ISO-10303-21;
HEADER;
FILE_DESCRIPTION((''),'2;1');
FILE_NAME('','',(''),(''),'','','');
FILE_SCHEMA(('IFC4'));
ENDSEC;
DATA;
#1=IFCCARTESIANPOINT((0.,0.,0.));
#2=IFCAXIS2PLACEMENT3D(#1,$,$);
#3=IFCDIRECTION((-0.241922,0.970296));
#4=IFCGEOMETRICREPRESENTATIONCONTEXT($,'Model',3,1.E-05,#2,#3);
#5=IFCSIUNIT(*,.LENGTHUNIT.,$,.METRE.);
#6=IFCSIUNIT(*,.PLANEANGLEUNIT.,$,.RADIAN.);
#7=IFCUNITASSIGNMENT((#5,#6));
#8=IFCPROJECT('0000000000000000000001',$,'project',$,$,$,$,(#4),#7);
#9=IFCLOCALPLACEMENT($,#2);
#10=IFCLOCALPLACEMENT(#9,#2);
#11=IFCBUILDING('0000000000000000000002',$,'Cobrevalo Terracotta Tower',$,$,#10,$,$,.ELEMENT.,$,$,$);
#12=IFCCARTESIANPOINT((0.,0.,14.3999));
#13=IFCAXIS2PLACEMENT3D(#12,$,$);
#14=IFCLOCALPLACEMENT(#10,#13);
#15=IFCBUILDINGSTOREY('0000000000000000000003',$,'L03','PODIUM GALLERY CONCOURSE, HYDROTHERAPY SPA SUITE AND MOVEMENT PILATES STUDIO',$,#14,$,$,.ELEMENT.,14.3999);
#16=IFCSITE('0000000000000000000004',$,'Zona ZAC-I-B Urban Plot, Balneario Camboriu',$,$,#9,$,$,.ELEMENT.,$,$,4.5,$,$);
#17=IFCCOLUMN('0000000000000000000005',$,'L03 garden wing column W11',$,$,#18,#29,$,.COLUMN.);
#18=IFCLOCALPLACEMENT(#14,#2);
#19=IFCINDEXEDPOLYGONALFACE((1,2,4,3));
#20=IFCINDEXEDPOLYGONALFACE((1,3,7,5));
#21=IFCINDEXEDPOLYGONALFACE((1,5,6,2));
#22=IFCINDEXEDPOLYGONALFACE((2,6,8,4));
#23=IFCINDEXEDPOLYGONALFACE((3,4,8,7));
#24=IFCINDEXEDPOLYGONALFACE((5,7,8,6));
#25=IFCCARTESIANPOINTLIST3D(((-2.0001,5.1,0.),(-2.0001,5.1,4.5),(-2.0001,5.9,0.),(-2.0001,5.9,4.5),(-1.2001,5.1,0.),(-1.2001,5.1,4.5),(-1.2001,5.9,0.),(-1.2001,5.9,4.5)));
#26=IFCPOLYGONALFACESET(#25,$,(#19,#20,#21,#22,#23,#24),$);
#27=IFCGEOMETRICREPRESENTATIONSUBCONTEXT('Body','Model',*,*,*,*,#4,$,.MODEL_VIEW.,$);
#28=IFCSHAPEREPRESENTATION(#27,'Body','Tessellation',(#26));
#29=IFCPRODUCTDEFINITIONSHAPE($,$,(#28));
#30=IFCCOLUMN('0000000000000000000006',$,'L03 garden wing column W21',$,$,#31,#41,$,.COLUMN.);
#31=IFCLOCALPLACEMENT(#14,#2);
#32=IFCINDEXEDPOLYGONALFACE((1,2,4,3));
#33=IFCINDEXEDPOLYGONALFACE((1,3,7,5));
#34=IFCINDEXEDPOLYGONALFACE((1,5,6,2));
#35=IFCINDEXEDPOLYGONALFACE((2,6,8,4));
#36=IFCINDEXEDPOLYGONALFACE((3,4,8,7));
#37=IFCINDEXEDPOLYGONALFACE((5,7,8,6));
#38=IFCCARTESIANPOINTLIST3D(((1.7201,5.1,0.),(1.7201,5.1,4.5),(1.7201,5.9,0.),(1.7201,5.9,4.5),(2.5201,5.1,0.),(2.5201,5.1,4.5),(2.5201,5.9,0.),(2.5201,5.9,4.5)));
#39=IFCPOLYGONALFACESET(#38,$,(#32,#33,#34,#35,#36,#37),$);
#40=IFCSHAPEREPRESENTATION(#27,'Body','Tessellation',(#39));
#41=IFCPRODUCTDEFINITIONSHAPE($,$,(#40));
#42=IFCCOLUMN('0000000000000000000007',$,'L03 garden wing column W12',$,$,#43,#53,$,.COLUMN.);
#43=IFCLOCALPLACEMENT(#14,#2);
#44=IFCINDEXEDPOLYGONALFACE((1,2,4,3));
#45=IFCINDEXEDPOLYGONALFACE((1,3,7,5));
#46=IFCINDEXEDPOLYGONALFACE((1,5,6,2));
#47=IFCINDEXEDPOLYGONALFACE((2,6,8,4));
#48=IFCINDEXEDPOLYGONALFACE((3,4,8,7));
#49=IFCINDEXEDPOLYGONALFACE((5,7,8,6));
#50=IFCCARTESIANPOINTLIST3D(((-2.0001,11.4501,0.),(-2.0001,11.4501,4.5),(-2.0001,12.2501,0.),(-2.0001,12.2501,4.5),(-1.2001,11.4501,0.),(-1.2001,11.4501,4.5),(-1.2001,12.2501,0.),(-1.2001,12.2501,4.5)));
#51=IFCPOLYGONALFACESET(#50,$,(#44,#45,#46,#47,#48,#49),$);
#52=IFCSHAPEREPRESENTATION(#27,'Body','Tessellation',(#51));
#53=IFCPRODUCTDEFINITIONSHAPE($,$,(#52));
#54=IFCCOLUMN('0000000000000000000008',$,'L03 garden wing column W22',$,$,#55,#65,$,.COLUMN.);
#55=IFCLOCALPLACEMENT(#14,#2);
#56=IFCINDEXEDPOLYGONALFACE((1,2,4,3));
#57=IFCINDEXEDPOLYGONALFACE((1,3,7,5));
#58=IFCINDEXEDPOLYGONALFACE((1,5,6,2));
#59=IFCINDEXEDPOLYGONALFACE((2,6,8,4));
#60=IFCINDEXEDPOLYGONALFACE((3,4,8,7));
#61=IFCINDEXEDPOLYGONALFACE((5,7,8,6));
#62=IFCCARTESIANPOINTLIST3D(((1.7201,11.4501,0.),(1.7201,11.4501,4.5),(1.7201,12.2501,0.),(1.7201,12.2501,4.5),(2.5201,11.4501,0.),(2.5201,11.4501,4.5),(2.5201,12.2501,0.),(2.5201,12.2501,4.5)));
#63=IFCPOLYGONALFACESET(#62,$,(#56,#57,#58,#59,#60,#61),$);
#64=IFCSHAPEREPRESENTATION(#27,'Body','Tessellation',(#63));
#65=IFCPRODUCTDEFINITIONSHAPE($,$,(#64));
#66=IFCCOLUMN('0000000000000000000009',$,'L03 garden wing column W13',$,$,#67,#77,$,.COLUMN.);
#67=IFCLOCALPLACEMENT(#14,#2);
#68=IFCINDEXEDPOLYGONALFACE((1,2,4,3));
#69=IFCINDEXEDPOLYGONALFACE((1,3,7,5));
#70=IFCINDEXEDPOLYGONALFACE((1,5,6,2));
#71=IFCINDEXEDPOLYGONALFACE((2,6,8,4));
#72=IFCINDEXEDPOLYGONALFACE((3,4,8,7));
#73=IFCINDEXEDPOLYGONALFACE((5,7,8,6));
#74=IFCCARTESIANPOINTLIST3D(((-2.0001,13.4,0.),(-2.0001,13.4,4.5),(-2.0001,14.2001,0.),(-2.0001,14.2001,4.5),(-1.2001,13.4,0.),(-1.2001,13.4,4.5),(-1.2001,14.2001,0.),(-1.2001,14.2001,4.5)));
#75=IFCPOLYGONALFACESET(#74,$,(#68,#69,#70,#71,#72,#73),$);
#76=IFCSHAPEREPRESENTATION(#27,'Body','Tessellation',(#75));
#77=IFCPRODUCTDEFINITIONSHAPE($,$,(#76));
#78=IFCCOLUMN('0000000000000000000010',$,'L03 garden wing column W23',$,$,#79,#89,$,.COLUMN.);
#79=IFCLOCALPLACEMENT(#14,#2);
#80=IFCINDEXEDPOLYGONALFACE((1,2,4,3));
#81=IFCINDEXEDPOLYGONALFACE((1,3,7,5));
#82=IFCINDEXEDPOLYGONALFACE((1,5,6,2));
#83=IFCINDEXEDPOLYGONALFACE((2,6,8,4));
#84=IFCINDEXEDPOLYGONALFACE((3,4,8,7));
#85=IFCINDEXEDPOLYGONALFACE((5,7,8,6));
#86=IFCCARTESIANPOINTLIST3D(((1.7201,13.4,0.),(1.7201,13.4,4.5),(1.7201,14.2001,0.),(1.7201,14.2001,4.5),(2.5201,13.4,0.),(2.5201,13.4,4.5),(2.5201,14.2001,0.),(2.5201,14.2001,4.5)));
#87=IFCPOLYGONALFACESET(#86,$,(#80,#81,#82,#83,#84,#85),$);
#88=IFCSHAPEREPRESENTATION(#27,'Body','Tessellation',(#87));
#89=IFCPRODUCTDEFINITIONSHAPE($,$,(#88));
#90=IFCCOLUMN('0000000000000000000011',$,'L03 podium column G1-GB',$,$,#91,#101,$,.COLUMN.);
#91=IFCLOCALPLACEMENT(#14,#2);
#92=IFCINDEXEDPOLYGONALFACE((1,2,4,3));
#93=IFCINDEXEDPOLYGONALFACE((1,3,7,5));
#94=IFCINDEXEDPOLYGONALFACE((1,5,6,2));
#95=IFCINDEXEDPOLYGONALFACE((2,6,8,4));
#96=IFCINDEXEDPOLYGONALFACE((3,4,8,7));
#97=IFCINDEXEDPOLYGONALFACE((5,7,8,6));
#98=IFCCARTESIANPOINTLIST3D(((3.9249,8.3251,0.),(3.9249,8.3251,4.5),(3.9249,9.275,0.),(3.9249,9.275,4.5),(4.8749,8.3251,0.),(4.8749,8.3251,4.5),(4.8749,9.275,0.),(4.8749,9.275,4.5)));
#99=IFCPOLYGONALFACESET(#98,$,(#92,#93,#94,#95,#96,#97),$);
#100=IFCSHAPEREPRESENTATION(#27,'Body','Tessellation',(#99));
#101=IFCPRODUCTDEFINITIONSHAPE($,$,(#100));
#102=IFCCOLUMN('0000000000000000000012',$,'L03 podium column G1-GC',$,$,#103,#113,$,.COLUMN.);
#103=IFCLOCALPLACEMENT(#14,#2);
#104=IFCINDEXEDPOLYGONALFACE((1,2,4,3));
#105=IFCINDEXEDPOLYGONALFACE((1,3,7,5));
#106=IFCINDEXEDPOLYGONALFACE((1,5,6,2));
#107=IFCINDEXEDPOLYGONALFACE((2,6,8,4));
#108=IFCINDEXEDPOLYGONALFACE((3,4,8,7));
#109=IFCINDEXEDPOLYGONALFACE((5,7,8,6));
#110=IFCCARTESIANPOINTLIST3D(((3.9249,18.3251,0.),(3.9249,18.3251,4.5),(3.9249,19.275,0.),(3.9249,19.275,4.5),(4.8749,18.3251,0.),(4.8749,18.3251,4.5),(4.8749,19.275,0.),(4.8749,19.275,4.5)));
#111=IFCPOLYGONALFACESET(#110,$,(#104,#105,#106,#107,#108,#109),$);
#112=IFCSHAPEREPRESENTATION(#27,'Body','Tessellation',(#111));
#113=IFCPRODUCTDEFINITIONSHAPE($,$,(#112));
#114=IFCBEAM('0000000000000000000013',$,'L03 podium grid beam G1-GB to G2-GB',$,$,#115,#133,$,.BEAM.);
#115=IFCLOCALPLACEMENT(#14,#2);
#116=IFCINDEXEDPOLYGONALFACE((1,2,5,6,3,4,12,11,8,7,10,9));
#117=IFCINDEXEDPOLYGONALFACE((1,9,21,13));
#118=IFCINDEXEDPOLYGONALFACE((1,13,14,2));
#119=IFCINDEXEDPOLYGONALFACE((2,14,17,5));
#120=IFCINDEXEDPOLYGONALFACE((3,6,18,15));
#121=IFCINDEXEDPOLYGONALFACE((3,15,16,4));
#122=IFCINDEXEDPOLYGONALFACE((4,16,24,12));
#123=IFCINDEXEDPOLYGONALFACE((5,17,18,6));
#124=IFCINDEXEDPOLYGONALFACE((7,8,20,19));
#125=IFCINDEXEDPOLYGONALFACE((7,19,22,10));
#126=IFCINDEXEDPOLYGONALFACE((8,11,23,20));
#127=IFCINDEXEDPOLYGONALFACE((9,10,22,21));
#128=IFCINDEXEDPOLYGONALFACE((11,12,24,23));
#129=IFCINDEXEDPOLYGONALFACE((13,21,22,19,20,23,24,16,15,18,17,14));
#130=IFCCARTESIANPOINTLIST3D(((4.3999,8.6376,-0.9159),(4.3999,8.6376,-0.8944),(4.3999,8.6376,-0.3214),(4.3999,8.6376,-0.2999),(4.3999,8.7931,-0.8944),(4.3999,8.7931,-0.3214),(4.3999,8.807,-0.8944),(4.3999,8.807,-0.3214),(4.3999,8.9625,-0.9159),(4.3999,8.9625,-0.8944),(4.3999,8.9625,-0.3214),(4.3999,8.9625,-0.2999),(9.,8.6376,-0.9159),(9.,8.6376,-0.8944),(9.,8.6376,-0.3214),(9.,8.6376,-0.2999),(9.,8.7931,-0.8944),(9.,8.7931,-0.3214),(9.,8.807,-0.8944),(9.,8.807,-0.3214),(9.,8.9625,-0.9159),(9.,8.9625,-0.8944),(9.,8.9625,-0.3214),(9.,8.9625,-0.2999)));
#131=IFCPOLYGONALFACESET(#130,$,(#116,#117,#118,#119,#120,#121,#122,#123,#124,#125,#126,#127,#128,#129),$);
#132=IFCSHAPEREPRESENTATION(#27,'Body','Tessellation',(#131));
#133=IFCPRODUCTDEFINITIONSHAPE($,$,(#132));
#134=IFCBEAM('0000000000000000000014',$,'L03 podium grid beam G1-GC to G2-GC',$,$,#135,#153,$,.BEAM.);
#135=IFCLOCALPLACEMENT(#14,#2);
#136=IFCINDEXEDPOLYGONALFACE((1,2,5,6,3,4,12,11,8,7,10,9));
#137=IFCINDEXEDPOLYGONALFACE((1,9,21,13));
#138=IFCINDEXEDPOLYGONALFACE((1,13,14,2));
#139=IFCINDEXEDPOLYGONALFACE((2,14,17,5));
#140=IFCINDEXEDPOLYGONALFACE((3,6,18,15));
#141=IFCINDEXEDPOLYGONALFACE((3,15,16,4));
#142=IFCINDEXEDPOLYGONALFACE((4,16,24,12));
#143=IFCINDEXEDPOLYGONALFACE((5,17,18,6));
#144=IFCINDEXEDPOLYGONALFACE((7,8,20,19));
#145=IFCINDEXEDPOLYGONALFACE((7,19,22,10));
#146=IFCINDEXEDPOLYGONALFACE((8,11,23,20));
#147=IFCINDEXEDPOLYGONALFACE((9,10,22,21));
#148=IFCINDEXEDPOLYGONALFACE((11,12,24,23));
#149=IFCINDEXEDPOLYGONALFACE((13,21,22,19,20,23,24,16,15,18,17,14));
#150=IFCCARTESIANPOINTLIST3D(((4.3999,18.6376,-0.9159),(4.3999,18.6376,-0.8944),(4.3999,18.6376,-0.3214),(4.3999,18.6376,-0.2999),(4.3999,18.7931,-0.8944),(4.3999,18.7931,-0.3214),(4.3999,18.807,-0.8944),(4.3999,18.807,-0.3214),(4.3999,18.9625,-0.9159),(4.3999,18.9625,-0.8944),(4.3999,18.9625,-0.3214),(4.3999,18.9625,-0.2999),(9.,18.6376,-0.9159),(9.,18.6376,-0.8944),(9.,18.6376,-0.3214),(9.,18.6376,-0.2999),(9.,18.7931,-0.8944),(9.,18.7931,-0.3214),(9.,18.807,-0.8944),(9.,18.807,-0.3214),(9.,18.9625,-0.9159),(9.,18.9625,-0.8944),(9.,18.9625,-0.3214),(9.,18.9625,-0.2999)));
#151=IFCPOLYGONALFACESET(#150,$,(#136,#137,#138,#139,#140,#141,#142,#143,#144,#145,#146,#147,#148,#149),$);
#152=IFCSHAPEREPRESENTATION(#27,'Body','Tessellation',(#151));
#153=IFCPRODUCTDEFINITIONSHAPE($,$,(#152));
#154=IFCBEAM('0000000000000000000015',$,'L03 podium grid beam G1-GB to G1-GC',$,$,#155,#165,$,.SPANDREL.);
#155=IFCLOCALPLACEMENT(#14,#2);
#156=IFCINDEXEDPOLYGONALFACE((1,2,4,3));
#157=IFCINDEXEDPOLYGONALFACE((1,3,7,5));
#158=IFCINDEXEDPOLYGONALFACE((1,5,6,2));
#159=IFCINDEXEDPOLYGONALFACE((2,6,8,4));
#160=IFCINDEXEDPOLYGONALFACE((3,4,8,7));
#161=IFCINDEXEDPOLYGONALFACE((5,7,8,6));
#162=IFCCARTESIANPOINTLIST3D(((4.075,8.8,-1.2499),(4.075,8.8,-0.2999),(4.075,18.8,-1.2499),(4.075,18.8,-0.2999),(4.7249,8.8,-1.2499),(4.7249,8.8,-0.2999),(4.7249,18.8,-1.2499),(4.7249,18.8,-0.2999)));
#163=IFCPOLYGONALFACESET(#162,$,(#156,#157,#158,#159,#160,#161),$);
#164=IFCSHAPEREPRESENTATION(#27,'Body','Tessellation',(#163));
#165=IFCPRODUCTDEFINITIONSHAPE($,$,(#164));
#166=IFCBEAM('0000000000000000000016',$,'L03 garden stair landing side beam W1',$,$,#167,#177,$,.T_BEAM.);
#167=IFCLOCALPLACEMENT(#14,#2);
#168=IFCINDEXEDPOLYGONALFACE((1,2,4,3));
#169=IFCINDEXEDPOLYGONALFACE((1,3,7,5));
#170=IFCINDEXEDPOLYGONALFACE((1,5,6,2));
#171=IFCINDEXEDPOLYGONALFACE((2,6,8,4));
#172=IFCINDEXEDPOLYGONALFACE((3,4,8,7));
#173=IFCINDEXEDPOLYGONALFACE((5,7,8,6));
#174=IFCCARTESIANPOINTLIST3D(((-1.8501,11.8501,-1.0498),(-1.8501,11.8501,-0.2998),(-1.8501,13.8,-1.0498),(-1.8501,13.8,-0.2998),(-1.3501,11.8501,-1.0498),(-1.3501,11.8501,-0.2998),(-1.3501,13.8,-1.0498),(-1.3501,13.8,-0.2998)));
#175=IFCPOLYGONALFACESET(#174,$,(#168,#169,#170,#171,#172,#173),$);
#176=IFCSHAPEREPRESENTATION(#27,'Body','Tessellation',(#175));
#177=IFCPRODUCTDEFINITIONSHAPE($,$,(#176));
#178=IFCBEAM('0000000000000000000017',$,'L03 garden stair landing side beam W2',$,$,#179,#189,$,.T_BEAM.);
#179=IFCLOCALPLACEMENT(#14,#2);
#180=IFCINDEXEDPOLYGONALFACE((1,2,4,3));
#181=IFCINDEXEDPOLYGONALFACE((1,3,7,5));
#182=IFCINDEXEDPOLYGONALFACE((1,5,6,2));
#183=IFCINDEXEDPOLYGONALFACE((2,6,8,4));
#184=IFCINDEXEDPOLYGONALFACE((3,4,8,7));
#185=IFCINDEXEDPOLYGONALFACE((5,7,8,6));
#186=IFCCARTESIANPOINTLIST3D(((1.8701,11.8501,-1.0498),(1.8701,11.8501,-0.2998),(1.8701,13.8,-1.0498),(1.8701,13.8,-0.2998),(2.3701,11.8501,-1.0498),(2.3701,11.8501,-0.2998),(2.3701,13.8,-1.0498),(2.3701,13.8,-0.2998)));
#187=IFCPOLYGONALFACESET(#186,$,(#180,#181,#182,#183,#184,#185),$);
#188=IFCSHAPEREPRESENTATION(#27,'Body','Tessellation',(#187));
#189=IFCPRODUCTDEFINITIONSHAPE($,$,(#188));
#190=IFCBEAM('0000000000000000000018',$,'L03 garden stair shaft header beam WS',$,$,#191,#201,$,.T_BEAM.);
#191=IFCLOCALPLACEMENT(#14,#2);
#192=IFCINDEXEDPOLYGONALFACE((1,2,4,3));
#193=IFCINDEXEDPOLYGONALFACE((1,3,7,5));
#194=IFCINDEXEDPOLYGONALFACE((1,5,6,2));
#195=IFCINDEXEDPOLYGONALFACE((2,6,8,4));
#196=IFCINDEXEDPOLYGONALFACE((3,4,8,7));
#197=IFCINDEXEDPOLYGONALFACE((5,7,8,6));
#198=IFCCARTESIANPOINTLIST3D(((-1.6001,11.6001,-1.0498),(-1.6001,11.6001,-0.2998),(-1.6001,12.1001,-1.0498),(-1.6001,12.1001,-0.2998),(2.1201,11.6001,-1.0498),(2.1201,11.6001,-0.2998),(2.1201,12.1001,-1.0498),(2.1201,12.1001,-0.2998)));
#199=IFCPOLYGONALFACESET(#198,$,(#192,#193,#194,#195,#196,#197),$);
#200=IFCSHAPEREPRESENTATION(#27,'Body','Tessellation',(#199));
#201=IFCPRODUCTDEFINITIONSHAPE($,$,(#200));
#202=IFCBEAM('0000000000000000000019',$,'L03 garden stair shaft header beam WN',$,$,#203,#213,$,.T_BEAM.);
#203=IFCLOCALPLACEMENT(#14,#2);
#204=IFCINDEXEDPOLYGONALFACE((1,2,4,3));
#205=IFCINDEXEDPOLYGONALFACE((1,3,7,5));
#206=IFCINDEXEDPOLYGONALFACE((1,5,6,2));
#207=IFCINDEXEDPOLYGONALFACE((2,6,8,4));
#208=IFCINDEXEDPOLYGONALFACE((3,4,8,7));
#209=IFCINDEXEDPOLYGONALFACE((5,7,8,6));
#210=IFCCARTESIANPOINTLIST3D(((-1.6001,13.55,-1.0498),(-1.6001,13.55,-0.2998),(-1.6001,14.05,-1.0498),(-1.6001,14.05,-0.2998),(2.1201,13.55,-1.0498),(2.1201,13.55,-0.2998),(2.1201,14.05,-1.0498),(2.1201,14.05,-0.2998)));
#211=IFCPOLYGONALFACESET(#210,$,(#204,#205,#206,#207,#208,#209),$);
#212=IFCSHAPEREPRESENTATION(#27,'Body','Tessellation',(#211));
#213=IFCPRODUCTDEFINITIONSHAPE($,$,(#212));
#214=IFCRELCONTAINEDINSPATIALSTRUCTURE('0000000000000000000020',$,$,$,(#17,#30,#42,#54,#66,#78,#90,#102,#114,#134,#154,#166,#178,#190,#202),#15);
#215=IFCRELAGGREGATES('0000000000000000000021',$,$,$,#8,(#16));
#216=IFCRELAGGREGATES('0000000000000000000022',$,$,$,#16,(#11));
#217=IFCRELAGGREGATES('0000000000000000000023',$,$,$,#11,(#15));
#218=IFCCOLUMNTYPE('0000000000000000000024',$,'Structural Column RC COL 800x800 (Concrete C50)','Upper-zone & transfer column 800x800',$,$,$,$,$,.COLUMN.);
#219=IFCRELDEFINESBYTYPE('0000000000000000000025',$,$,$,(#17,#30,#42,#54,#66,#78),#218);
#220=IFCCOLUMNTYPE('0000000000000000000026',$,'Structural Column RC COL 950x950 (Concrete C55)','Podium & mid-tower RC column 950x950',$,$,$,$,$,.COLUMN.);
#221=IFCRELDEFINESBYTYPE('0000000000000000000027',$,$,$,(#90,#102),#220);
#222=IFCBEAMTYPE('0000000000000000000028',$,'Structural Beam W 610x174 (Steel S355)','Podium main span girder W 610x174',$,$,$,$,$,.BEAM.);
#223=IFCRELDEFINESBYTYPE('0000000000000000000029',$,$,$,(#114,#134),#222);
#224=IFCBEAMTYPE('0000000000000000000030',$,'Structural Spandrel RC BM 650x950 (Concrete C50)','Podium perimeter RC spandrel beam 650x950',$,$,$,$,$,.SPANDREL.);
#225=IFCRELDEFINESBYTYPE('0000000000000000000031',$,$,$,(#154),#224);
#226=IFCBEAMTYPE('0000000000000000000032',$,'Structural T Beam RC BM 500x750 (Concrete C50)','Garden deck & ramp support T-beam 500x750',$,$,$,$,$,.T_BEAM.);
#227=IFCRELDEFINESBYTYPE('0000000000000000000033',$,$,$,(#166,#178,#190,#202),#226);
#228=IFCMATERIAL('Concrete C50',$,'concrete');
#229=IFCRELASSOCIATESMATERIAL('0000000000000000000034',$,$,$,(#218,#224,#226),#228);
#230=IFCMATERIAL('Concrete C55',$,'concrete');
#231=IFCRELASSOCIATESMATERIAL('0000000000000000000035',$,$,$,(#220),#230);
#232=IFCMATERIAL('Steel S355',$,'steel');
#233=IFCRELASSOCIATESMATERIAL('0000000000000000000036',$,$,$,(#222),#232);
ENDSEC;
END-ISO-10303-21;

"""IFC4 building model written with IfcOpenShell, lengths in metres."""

from ifc_helpers import new_model, si_unit, direction, frame, origin, origin_2d, place, context, subcontext, project, spatial, rectangle, i_section, extrude, material, material_profile, profile_set, type_object, element, save


model = new_model("IFC4")

# Units and contexts
model_context = context("Model", 3, precision=1e-05, world=origin(), true_north=direction((-0.241922, 0.970296)))
body_context = subcontext(model_context, "Body", "Model", "MODEL_VIEW")
ifc_project = project(units=[si_unit("LENGTHUNIT", "METRE"), si_unit("PLANEANGLEUNIT", "RADIAN")], contexts=[model_context])

# Site, building, storey
site_placement = place(None, origin())
site = spatial("IfcSite", under=ifc_project, at=site_placement, Name="Zona ZAC-I-B Urban Plot, Balneario Camboriu", CompositionType="ELEMENT", RefElevation=4.5)
building_placement = place(site_placement, origin())
building = spatial("IfcBuilding", under=site, at=building_placement, Name="Cobrevalo Terracotta Tower", CompositionType="ELEMENT")
storey_placement = place(building_placement, frame((0.0, 0.0, 14.3999)))
storey = spatial("IfcBuildingStorey", under=building, at=storey_placement, Name="L03", Description="PODIUM GALLERY CONCOURSE, HYDROTHERAPY SPA SUITE AND MOVEMENT PILATES STUDIO", CompositionType="ELEMENT", Elevation=14.3999)

# Columns
ifc_material_1 = material(Name="Concrete C50", Category="concrete")
ifc_material_profile_1 = material_profile(ifc_material_1, rectangle(XDim=0.8, YDim=0.8, at=origin_2d()), Name="RC COL 800x800")
ifc_profile_set_1 = profile_set([ifc_material_profile_1], Name="Concrete C50")
column_type_1 = type_object("IfcColumnType", Name="Structural Column RC COL 800x800 (Concrete C50)", Description="Upper-zone & transfer column 800x800", PredefinedType="COLUMN", material=ifc_profile_set_1)
for number, where, z_axis, x_axis, name in (
    (1, (-1.6001, 5.5, 0.0), (0.0, 0.0, 1.0), (1.0, 0.0, 0.0), "L03 garden wing column W11"),
    (2, (2.1201, 5.5, 0.0), (0.0, 0.0, 1.0), (1.0, 0.0, 0.0), "L03 garden wing column W21"),
    (3, (-1.6001, 11.8501, 0.0), (0.0, 0.0, 1.0), (1.0, 0.0, 0.0), "L03 garden wing column W12"),
    (4, (2.1201, 11.8501, 0.0), (0.0, 0.0, 1.0), (1.0, 0.0, 0.0), "L03 garden wing column W22"),
    (5, (-1.6001, 13.8, 0.0), (0.0, 0.0, 1.0), (1.0, 0.0, 0.0), "L03 garden wing column W13"),
    (6, (2.1201, 13.8, 0.0), (0.0, 0.0, 1.0), (1.0, 0.0, 0.0), "L03 garden wing column W23"),
):
    element("IfcColumn", number, at=place(storey_placement, frame(where, z_axis=z_axis, x_axis=x_axis)), inside=storey, type_object=column_type_1, Name=name, PredefinedType="COLUMN", context=body_context, shape_type="SweptSolid", body=[
        extrude(rectangle(XDim=0.8, YDim=0.8, at=origin_2d()), origin(), (0.0, 0.0, 1.0), 4.5),
    ])
ifc_material_2 = material(Name="Concrete C55", Category="concrete")
ifc_material_profile_2 = material_profile(ifc_material_2, rectangle(XDim=0.95, YDim=0.95, at=origin_2d()), Name="RC COL 950x950")
ifc_profile_set_2 = profile_set([ifc_material_profile_2], Name="Concrete C55")
column_type_2 = type_object("IfcColumnType", Name="Structural Column RC COL 950x950 (Concrete C55)", Description="Podium & mid-tower RC column 950x950", PredefinedType="COLUMN", material=ifc_profile_set_2)
for number, where, z_axis, x_axis, name in (
    (7, (4.3999, 8.8, 0.0), (0.0, 0.0, 1.0), (1.0, 0.0, 0.0), "L03 podium column G1-GB"),
    (8, (4.3999, 18.8, 0.0), (0.0, 0.0, 1.0), (1.0, 0.0, 0.0), "L03 podium column G1-GC"),
):
    element("IfcColumn", number, at=place(storey_placement, frame(where, z_axis=z_axis, x_axis=x_axis)), inside=storey, type_object=column_type_2, Name=name, PredefinedType="COLUMN", context=body_context, shape_type="SweptSolid", body=[
        extrude(rectangle(XDim=0.95, YDim=0.95, at=origin_2d()), origin(), (0.0, 0.0, 1.0), 4.5),
    ])

# Beams
ifc_material_3 = material(Name="Steel S355", Category="steel")
ifc_material_profile_3 = material_profile(ifc_material_3, i_section(OverallWidth=0.325, OverallDepth=0.616, WebThickness=0.0139, FlangeThickness=0.0215, at=origin_2d()), Name="W 610x174")
ifc_profile_set_3 = profile_set([ifc_material_profile_3], Name="Steel S355")
beam_type_1 = type_object("IfcBeamType", Name="Structural Beam W 610x174 (Steel S355)", Description="Podium main span girder W 610x174", PredefinedType="BEAM", material=ifc_profile_set_3)
for number, where, z_axis, x_axis, name in (
    (9, (4.3999, 8.8, -0.6079), (1.0, 0.0, 0.0), (0.0, 1.0, 0.0), "L03 podium grid beam G1-GB to G2-GB"),
    (10, (4.3999, 18.8, -0.6079), (1.0, 0.0, 0.0), (0.0, 1.0, 0.0), "L03 podium grid beam G1-GC to G2-GC"),
):
    element("IfcBeam", number, at=place(storey_placement, frame(where, z_axis=z_axis, x_axis=x_axis)), inside=storey, type_object=beam_type_1, Name=name, PredefinedType="BEAM", context=body_context, shape_type="SweptSolid", body=[
        extrude(i_section(OverallWidth=0.325, OverallDepth=0.616, WebThickness=0.0139, FlangeThickness=0.0215, at=origin_2d()), origin(), (0.0, 0.0, 1.0), 4.6001),
    ])
ifc_material_profile_4 = material_profile(ifc_material_1, rectangle(XDim=0.6499, YDim=0.95, at=origin_2d()), Name="RC BM 650x950")
ifc_profile_set_4 = profile_set([ifc_material_profile_4], Name="Concrete C50")
beam_type_2 = type_object("IfcBeamType", Name="Structural Spandrel RC BM 650x950 (Concrete C50)", Description="Podium perimeter RC spandrel beam 650x950", PredefinedType="SPANDREL", material=ifc_profile_set_4)
beam_1_placement = place(storey_placement, frame((4.3999, 8.8, -0.7749), z_axis=(0.0, 1.0, 0.0), x_axis=(-1.0, 0.0, 0.0)))
element("IfcBeam", 11, at=beam_1_placement, inside=storey, type_object=beam_type_2, Name="L03 podium grid beam G1-GB to G1-GC", PredefinedType="SPANDREL", context=body_context, shape_type="SweptSolid", body=[
    extrude(rectangle(XDim=0.6499, YDim=0.95, at=origin_2d()), origin(), (0.0, 0.0, 1.0), 10.0),
])
ifc_material_profile_5 = material_profile(ifc_material_1, rectangle(XDim=0.5, YDim=0.75, at=origin_2d()), Name="RC BM 500x750")
ifc_profile_set_5 = profile_set([ifc_material_profile_5], Name="Concrete C50")
beam_type_3 = type_object("IfcBeamType", Name="Structural T Beam RC BM 500x750 (Concrete C50)", Description="Garden deck & ramp support T-beam 500x750", PredefinedType="T_BEAM", material=ifc_profile_set_5)
for number, where, z_axis, x_axis, name in (
    (12, (-1.6001, 11.8501, -0.6748), (0.0, 1.0, 0.0), (-1.0, 0.0, 0.0), "L03 garden stair landing side beam W1"),
    (13, (2.1201, 11.8501, -0.6748), (0.0, 1.0, 0.0), (-1.0, 0.0, 0.0), "L03 garden stair landing side beam W2"),
):
    element("IfcBeam", number, at=place(storey_placement, frame(where, z_axis=z_axis, x_axis=x_axis)), inside=storey, type_object=beam_type_3, Name=name, PredefinedType="T_BEAM", context=body_context, shape_type="SweptSolid", body=[
        extrude(rectangle(XDim=0.5, YDim=0.75, at=origin_2d()), origin(), (0.0, 0.0, 1.0), 1.95),
    ])
for number, where, z_axis, x_axis, name in (
    (14, (-1.6001, 11.8501, -0.6748), (1.0, 0.0, 0.0), (0.0, 1.0, 0.0), "L03 garden stair shaft header beam WS"),
    (15, (-1.6001, 13.8, -0.6748), (1.0, 0.0, 0.0), (0.0, 1.0, 0.0), "L03 garden stair shaft header beam WN"),
):
    element("IfcBeam", number, at=place(storey_placement, frame(where, z_axis=z_axis, x_axis=x_axis)), inside=storey, type_object=beam_type_3, Name=name, PredefinedType="T_BEAM", context=body_context, shape_type="SweptSolid", body=[
        extrude(rectangle(XDim=0.5, YDim=0.75, at=origin_2d()), origin(), (0.0, 0.0, 1.0), 3.7202),
    ])

save(model, "model.ifc")
